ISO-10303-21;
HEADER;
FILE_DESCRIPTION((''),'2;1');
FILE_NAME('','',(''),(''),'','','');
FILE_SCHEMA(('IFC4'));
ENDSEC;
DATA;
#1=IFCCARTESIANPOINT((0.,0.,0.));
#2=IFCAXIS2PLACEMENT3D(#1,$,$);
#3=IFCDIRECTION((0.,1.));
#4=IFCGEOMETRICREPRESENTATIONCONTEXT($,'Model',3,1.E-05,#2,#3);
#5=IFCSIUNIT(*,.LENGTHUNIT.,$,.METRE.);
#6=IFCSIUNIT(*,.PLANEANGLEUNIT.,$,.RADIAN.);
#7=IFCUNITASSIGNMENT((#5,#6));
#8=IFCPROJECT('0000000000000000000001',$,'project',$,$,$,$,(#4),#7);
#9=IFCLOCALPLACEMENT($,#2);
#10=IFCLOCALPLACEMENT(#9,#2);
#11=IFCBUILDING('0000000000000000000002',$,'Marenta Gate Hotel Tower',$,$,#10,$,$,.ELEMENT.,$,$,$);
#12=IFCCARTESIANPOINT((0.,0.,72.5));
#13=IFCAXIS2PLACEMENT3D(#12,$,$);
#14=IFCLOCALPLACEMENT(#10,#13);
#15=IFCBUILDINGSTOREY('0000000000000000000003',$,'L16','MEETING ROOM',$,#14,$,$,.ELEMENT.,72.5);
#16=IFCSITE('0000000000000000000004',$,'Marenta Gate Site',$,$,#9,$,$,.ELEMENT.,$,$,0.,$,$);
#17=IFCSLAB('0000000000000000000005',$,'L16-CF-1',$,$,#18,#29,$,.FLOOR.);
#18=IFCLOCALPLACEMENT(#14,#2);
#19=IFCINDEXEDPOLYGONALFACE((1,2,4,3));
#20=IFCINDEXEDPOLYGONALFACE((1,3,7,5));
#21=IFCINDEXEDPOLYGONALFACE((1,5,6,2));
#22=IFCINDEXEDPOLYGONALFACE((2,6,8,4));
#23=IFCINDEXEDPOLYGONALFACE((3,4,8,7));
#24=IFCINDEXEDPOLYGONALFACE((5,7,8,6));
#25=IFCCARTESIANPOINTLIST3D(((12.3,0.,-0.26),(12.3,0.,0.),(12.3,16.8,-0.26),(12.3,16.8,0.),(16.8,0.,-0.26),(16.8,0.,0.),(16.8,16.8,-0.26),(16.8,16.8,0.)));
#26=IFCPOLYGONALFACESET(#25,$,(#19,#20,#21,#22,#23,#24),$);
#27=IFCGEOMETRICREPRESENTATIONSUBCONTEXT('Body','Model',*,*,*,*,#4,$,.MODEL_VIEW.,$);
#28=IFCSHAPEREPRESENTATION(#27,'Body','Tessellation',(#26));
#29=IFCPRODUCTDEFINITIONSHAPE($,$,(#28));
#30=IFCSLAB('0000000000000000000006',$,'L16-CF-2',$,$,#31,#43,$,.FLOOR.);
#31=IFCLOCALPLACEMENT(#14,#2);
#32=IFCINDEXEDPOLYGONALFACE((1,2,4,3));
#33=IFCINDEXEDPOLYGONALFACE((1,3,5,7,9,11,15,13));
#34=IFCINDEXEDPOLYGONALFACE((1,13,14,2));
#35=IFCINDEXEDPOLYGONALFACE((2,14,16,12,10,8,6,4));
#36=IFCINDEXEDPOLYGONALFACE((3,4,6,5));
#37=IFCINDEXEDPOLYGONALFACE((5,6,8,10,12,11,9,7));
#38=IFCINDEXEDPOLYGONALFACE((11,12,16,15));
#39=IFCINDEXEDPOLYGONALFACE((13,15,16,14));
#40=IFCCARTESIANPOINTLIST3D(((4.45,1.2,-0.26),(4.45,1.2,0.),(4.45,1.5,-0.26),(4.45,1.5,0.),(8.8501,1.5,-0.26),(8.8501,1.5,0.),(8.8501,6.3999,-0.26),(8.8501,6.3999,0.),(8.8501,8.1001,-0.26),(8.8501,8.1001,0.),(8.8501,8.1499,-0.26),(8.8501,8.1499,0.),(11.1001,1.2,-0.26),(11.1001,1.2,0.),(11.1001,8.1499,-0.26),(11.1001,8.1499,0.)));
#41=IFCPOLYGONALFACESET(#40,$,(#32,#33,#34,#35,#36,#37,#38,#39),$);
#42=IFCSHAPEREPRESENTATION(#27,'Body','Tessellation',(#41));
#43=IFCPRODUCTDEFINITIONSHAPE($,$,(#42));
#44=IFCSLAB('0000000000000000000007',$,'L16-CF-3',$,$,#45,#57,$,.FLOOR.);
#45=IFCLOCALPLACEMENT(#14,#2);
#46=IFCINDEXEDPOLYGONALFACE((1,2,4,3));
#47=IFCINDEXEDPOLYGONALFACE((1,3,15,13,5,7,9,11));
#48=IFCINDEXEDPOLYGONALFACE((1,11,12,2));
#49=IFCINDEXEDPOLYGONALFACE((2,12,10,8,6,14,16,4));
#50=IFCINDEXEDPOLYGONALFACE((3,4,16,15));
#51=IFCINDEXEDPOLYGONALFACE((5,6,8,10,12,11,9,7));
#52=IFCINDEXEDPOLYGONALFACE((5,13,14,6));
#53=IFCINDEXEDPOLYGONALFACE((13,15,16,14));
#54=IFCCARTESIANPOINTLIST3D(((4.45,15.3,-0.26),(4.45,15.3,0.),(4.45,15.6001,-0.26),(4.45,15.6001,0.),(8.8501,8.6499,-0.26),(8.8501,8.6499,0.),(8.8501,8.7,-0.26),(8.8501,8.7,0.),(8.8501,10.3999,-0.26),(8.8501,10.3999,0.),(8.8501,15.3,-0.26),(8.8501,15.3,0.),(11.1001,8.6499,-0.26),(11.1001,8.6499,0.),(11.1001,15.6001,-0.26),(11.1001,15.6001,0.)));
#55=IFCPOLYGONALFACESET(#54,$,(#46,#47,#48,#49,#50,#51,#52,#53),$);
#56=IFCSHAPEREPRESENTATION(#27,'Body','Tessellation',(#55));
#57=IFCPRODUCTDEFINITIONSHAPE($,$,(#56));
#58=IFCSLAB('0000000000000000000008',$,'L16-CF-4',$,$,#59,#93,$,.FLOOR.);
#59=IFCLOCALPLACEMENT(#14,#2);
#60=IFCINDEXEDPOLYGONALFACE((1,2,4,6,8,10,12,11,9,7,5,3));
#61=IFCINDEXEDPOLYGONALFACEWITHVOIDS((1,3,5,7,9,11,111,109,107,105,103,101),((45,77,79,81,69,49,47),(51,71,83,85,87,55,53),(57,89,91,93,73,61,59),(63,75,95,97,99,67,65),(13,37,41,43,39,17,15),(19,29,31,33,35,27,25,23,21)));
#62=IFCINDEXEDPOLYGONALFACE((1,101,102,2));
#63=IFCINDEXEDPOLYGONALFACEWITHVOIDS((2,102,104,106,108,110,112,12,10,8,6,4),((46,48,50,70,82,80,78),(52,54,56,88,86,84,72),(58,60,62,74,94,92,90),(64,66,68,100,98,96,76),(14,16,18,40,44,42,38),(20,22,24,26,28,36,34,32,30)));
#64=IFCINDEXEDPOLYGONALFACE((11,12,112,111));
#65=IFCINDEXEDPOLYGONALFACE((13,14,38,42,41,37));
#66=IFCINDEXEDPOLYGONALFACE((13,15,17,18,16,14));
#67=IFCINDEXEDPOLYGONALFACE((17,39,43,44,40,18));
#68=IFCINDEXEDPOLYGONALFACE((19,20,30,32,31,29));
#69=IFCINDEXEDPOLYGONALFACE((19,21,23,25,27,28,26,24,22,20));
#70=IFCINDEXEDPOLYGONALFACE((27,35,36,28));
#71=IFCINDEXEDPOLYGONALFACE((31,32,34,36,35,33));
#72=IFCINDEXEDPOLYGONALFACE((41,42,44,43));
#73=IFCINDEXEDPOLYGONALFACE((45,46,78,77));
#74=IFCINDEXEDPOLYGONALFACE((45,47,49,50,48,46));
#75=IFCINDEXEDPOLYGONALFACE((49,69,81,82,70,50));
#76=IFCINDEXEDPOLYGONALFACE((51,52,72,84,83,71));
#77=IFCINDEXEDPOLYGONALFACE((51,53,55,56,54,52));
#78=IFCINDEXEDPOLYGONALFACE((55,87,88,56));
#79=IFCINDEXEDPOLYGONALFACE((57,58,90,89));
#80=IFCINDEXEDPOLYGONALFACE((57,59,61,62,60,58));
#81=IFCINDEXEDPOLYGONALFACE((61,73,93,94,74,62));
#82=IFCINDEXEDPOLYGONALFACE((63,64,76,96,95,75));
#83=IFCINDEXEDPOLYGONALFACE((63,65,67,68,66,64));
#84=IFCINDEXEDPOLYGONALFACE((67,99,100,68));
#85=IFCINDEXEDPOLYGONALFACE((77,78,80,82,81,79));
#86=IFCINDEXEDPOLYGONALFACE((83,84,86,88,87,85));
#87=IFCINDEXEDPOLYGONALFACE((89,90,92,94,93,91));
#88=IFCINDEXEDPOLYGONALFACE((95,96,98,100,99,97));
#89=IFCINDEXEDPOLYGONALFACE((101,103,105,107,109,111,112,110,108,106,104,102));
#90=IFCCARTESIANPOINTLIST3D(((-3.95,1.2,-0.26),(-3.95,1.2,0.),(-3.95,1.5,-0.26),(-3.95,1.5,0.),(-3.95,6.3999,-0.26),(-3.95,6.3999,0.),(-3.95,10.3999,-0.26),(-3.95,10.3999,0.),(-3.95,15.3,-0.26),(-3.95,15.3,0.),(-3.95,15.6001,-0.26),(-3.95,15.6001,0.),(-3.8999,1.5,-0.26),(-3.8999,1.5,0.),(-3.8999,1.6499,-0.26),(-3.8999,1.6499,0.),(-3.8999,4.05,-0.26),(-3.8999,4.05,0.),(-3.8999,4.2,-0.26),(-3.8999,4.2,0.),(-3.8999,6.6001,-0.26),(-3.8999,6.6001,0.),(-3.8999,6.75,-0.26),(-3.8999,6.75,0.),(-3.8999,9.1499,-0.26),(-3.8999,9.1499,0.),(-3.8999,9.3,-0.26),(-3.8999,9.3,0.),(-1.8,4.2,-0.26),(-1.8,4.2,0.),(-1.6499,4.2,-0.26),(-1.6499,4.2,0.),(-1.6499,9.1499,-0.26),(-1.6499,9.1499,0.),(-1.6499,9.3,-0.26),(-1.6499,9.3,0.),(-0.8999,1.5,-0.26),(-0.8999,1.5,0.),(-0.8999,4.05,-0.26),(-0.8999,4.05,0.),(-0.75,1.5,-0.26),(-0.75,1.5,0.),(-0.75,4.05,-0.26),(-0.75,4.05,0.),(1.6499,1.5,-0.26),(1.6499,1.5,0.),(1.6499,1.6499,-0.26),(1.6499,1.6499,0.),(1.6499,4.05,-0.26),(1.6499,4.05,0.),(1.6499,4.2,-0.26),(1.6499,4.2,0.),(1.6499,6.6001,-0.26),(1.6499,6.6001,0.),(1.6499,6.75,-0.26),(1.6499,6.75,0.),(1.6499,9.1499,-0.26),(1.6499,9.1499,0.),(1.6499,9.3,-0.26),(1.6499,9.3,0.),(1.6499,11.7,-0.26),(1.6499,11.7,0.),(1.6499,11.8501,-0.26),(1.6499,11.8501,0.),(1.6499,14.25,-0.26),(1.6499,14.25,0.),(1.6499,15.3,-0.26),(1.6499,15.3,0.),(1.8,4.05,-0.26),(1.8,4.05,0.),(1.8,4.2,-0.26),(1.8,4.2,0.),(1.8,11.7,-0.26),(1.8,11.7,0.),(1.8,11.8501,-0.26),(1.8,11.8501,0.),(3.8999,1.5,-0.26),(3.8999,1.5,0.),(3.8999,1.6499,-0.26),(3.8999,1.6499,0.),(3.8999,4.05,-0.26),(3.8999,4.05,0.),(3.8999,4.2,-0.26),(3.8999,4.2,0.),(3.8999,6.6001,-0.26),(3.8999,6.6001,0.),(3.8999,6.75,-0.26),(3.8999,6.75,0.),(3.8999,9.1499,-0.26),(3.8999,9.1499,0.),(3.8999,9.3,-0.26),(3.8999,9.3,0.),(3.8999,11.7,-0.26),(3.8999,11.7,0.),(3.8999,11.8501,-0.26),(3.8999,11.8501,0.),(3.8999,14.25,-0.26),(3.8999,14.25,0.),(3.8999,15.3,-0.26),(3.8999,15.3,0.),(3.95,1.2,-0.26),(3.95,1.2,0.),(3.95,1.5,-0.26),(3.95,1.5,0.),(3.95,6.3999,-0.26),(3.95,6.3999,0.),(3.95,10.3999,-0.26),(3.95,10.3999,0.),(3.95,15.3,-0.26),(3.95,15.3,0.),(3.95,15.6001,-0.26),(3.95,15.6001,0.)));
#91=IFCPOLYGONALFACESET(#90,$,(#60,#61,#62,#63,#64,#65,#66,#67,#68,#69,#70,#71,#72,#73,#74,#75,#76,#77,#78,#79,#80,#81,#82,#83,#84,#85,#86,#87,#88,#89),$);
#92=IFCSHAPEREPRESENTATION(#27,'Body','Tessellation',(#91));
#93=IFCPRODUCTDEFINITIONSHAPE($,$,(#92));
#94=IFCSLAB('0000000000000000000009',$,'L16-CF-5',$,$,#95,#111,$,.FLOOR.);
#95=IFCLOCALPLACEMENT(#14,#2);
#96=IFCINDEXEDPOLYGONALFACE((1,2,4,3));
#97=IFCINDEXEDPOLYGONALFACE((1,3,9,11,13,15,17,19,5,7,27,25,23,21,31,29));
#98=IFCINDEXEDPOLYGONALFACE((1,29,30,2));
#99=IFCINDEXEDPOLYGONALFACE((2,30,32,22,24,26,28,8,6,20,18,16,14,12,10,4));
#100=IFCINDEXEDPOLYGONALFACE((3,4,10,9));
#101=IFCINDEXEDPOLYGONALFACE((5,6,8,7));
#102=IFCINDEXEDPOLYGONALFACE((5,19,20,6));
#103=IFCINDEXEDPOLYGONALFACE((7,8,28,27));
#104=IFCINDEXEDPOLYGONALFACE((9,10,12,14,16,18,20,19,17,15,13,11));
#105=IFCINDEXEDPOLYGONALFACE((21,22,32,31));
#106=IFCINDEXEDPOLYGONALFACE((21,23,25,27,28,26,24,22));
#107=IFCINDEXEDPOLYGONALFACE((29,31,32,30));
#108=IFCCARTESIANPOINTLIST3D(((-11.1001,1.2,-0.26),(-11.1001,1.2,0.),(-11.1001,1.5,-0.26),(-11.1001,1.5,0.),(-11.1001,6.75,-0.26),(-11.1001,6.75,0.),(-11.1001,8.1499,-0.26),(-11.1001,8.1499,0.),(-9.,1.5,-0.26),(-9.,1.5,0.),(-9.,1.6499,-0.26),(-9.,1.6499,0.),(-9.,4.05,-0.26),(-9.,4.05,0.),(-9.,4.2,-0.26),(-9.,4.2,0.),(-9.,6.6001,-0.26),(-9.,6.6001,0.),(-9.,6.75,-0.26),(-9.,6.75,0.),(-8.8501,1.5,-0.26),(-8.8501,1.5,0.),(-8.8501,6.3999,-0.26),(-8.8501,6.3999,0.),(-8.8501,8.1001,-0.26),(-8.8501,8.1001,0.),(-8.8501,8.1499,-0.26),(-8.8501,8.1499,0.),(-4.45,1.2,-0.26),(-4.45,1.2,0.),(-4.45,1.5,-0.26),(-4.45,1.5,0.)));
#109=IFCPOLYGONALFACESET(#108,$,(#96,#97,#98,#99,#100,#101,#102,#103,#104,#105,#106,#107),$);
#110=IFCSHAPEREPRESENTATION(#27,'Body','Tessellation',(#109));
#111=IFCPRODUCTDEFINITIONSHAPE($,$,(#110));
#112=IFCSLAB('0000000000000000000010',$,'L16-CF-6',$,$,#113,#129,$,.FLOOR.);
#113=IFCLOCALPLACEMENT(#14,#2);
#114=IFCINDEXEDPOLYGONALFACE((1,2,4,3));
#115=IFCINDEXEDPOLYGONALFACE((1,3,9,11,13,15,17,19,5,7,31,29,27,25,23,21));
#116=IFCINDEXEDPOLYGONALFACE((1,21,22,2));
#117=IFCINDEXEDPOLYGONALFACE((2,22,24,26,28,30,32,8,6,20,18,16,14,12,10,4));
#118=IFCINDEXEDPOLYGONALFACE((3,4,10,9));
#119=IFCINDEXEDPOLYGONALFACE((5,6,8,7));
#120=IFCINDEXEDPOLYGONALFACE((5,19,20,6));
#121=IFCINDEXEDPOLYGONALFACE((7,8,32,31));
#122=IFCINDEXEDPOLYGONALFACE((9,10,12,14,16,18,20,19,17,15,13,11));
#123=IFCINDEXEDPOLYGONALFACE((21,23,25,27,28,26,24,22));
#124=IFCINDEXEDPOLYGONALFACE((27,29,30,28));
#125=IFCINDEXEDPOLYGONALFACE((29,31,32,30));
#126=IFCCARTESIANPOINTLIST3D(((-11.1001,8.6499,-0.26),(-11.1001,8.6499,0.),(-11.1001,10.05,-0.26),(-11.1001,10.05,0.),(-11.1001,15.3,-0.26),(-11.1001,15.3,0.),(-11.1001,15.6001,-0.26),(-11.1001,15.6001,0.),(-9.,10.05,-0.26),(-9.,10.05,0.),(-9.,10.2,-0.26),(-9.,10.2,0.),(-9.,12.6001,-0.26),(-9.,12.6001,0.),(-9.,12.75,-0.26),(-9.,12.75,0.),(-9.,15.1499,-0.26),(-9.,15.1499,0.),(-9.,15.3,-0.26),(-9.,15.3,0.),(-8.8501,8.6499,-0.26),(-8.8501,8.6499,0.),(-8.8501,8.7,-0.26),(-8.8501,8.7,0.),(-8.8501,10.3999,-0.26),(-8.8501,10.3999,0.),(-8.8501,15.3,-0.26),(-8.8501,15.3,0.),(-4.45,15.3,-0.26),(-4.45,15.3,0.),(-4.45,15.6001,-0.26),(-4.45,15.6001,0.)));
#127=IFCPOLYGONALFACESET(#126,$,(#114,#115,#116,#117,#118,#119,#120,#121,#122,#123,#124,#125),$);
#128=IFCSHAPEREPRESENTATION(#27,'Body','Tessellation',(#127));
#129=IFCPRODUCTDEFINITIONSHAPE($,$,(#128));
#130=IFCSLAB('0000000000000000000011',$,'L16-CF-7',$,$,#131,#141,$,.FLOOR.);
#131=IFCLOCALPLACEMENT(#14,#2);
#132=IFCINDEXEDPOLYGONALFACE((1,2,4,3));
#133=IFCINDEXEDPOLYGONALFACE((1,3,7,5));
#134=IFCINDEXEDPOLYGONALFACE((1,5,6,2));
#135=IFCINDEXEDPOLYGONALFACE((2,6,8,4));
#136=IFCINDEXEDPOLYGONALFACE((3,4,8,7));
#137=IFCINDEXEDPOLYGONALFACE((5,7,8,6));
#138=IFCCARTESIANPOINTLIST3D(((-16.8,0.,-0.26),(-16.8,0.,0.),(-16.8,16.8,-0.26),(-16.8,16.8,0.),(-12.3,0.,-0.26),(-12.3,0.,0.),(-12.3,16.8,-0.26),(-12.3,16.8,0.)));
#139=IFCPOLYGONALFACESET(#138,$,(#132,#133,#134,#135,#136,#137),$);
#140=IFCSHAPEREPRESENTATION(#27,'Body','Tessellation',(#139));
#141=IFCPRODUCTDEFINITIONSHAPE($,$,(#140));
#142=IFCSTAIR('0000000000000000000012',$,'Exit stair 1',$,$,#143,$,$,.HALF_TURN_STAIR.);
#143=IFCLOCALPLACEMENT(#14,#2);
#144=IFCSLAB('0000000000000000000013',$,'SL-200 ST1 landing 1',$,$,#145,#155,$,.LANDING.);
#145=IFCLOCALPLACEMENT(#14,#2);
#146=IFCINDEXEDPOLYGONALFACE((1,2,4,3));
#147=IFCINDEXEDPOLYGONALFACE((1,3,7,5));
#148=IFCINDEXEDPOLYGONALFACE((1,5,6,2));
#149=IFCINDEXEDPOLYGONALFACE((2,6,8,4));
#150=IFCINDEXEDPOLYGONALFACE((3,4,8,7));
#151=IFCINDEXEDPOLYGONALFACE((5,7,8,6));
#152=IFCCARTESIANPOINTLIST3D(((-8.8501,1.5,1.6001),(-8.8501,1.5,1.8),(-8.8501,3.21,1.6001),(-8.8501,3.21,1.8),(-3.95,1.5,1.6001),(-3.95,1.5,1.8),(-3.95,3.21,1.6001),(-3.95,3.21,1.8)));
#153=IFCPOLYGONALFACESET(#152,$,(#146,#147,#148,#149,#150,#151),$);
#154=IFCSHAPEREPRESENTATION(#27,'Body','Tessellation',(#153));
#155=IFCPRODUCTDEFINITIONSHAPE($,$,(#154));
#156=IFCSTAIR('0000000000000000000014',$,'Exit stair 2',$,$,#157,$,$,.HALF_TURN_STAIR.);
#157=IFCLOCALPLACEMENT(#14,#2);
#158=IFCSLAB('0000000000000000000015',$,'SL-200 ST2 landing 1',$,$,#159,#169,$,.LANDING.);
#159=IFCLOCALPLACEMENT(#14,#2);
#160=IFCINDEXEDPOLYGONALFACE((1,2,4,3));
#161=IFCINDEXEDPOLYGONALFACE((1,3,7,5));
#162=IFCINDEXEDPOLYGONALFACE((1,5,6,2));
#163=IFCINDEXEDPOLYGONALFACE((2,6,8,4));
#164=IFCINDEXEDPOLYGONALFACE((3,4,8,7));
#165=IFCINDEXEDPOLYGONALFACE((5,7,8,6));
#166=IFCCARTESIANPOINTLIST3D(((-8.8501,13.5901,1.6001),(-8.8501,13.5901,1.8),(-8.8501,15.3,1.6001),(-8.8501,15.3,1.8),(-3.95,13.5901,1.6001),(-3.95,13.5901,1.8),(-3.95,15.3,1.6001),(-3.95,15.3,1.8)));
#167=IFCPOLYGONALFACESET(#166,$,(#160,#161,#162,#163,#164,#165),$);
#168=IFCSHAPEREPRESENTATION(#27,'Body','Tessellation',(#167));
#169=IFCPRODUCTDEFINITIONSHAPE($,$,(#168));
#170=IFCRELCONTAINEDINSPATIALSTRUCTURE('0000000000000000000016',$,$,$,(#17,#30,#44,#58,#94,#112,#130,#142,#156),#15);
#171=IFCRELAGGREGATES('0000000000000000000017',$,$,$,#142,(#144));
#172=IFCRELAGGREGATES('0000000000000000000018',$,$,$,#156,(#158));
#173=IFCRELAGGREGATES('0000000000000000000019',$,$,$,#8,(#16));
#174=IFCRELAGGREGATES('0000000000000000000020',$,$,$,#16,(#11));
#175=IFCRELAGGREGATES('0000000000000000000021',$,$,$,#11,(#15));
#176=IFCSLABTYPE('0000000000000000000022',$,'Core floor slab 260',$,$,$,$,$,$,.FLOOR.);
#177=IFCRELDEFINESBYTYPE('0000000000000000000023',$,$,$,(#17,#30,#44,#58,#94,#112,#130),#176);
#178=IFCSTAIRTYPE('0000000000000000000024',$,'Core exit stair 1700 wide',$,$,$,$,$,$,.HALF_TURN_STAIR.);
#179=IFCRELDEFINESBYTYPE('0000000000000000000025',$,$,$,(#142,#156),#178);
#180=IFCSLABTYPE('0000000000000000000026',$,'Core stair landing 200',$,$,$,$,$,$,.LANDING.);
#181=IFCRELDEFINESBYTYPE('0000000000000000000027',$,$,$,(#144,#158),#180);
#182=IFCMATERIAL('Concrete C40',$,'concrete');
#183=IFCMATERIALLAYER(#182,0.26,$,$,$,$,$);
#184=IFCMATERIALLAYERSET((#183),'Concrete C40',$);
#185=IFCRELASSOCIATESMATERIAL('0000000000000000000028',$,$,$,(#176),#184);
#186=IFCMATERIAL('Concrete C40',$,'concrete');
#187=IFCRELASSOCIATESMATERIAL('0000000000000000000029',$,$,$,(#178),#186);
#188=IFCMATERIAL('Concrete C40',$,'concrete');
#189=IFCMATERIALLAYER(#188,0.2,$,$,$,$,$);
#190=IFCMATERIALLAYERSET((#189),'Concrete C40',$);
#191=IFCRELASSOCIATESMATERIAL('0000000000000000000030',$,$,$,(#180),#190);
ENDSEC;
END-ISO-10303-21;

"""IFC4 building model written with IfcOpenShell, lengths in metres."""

from ifc_helpers import new_model, si_unit, direction, frame, origin, place, context, subcontext, project, spatial, polyline, outline, extrude, material, layer, layer_set, type_object, element, aggregate, save


model = new_model("IFC4")

# Units and contexts
model_context = context("Model", 3, precision=1e-05, world=origin(), true_north=direction((0.0, 1.0)))
body_context = subcontext(model_context, "Body", "Model", "MODEL_VIEW")
ifc_project = project(units=[si_unit("LENGTHUNIT", "METRE"), si_unit("PLANEANGLEUNIT", "RADIAN")], contexts=[model_context])

# Site, building, storey
site_placement = place(None, origin())
site = spatial("IfcSite", under=ifc_project, at=site_placement, Name="Marenta Gate Site", CompositionType="ELEMENT", RefElevation=0.0)
building_placement = place(site_placement, origin())
building = spatial("IfcBuilding", under=site, at=building_placement, Name="Marenta Gate Hotel Tower", CompositionType="ELEMENT")
storey_placement = place(building_placement, frame((0.0, 0.0, 72.5)))
storey = spatial("IfcBuildingStorey", under=building, at=storey_placement, Name="L16", Description="MEETING ROOM", CompositionType="ELEMENT", Elevation=72.5)

# Slabs
ifc_material_1 = material(Name="Concrete C40", Category="concrete")
ifc_layer_1 = layer(ifc_material_1, 0.26)
ifc_layer_set_1 = layer_set([ifc_layer_1], Name="Concrete C40")
slab_type_1 = type_object("IfcSlabType", Name="Core floor slab 260", PredefinedType="FLOOR", material=ifc_layer_set_1)
slab_1_placement = place(storey_placement, frame((0.0, 0.0, -0.26)))
element("IfcSlab", 1, at=slab_1_placement, inside=storey, type_object=slab_type_1, Name="L16-CF-1", PredefinedType="FLOOR", context=body_context, shape_type="SweptSolid", body=[
    extrude(outline(polyline([(12.3, 0.0), (12.3, 16.8), (16.8, 16.8), (16.8, 0.0), (12.3, 0.0)])), origin(), (0.0, 0.0, 1.0), 0.26),
])
slab_2_placement = place(storey_placement, frame((0.0, 0.0, -0.26)))
element("IfcSlab", 2, at=slab_2_placement, inside=storey, type_object=slab_type_1, Name="L16-CF-2", PredefinedType="FLOOR", context=body_context, shape_type="SweptSolid", body=[
    extrude(outline(polyline([(8.8501, 1.5), (8.8501, 6.3999), (8.8501, 8.1001), (8.8501, 8.1499), (11.1001, 8.1499), (11.1001, 1.2), (4.45, 1.2), (4.45, 1.5), (8.8501, 1.5)])), origin(), (0.0, 0.0, 1.0), 0.26),
])
slab_3_placement = place(storey_placement, frame((0.0, 0.0, -0.26)))
element("IfcSlab", 3, at=slab_3_placement, inside=storey, type_object=slab_type_1, Name="L16-CF-3", PredefinedType="FLOOR", context=body_context, shape_type="SweptSolid", body=[
    extrude(outline(polyline([(8.8501, 15.3), (4.45, 15.3), (4.45, 15.6001), (11.1001, 15.6001), (11.1001, 8.6499), (8.8501, 8.6499), (8.8501, 8.7), (8.8501, 10.3999), (8.8501, 15.3)])), origin(), (0.0, 0.0, 1.0), 0.26),
])
slab_4_placement = place(storey_placement, frame((0.0, 0.0, -0.26)))
element("IfcSlab", 4, at=slab_4_placement, inside=storey, type_object=slab_type_1, Name="L16-CF-4", PredefinedType="FLOOR", context=body_context, shape_type="SweptSolid", body=[
    extrude(outline(polyline([(3.95, 15.3), (3.95, 10.3999), (3.95, 6.3999), (3.95, 1.5), (3.95, 1.2), (-3.95, 1.2), (-3.95, 1.5), (-3.95, 6.3999), (-3.95, 10.3999), (-3.95, 15.3), (-3.95, 15.6001), (3.95, 15.6001), (3.95, 15.3)]), holes=[polyline([(1.6499, 4.05), (1.6499, 1.6499), (1.6499, 1.5), (3.8999, 1.5), (3.8999, 1.6499), (3.8999, 4.05), (1.8, 4.05), (1.6499, 4.05)]), polyline([(1.6499, 9.1499), (3.8999, 9.1499), (3.8999, 9.3), (3.8999, 11.7), (1.8, 11.7), (1.6499, 11.7), (1.6499, 9.3), (1.6499, 9.1499)]), polyline([(1.6499, 11.8501), (1.8, 11.8501), (3.8999, 11.8501), (3.8999, 14.25), (3.8999, 15.3), (1.6499, 15.3), (1.6499, 14.25), (1.6499, 11.8501)]), polyline([(3.8999, 6.6001), (3.8999, 6.75), (1.6499, 6.75), (1.6499, 6.6001), (1.6499, 4.2), (1.8, 4.2), (3.8999, 4.2), (3.8999, 6.6001)]), polyline([(-3.8999, 1.5), (-0.8999, 1.5), (-0.75, 1.5), (-0.75, 4.05), (-0.8999, 4.05), (-3.8999, 4.05), (-3.8999, 1.6499), (-3.8999, 1.5)]), polyline([(-1.6499, 4.2), (-1.6499, 9.1499), (-1.6499, 9.3), (-3.8999, 9.3), (-3.8999, 9.1499), (-3.8999, 6.75), (-3.8999, 6.6001), (-3.8999, 4.2), (-1.8, 4.2), (-1.6499, 4.2)])]), origin(), (0.0, 0.0, 1.0), 0.26),
])
slab_5_placement = place(storey_placement, frame((0.0, 0.0, -0.26)))
element("IfcSlab", 5, at=slab_5_placement, inside=storey, type_object=slab_type_1, Name="L16-CF-5", PredefinedType="FLOOR", context=body_context, shape_type="SweptSolid", body=[
    extrude(outline(polyline([(-9.0, 1.5), (-9.0, 1.6499), (-9.0, 4.05), (-9.0, 4.2), (-9.0, 6.6001), (-9.0, 6.75), (-11.1001, 6.75), (-11.1001, 8.1499), (-8.8501, 8.1499), (-8.8501, 8.1001), (-8.8501, 6.3999), (-8.8501, 1.5), (-4.45, 1.5), (-4.45, 1.2), (-11.1001, 1.2), (-11.1001, 1.5), (-9.0, 1.5)])), origin(), (0.0, 0.0, 1.0), 0.26),
])
slab_6_placement = place(storey_placement, frame((0.0, 0.0, -0.26)))
element("IfcSlab", 6, at=slab_6_placement, inside=storey, type_object=slab_type_1, Name="L16-CF-6", PredefinedType="FLOOR", context=body_context, shape_type="SweptSolid", body=[
    extrude(outline(polyline([(-4.45, 15.3), (-8.8501, 15.3), (-8.8501, 10.3999), (-8.8501, 8.7), (-8.8501, 8.6499), (-11.1001, 8.6499), (-11.1001, 10.05), (-9.0, 10.05), (-9.0, 10.2), (-9.0, 12.6001), (-9.0, 12.75), (-9.0, 15.1499), (-9.0, 15.3), (-11.1001, 15.3), (-11.1001, 15.6001), (-4.45, 15.6001), (-4.45, 15.3)])), origin(), (0.0, 0.0, 1.0), 0.26),
])
slab_7_placement = place(storey_placement, frame((0.0, 0.0, -0.26)))
element("IfcSlab", 7, at=slab_7_placement, inside=storey, type_object=slab_type_1, Name="L16-CF-7", PredefinedType="FLOOR", context=body_context, shape_type="SweptSolid", body=[
    extrude(outline(polyline([(-12.3, 16.8), (-12.3, 0.0), (-16.8, 0.0), (-16.8, 16.8), (-12.3, 16.8)])), origin(), (0.0, 0.0, 1.0), 0.26),
])

# Stairs, slabs
ifc_material_2 = material(Name="Concrete C40", Category="concrete")
stair_type = type_object("IfcStairType", Name="Core exit stair 1700 wide", PredefinedType="HALF_TURN_STAIR", material=ifc_material_2)
stair_1_placement = place(storey_placement, origin())
stair_1 = element("IfcStair", 8, at=stair_1_placement, inside=storey, type_object=stair_type, Name="Exit stair 1", PredefinedType="HALF_TURN_STAIR")
ifc_material_3 = material(Name="Concrete C40", Category="concrete")
ifc_layer_2 = layer(ifc_material_3, 0.2)
ifc_layer_set_2 = layer_set([ifc_layer_2], Name="Concrete C40")
slab_type_2 = type_object("IfcSlabType", Name="Core stair landing 200", PredefinedType="LANDING", material=ifc_layer_set_2)
slab_8_placement = place(storey_placement, frame((0.0, 0.0, 1.6001)))
slab_8 = element("IfcSlab", 9, at=slab_8_placement, type_object=slab_type_2, Name="SL-200 ST1 landing 1", PredefinedType="LANDING", context=body_context, shape_type="SweptSolid", body=[
    extrude(outline(polyline([(-8.8501, 1.5), (-3.95, 1.5), (-3.95, 3.21), (-8.8501, 3.21), (-8.8501, 1.5)])), origin(), (0.0, 0.0, 1.0), 0.2),
])
aggregate(stair_1, [slab_8])
stair_2_placement = place(storey_placement, origin())
stair_2 = element("IfcStair", 10, at=stair_2_placement, inside=storey, type_object=stair_type, Name="Exit stair 2", PredefinedType="HALF_TURN_STAIR")
slab_9_placement = place(storey_placement, frame((0.0, 0.0, 1.6001)))
slab_9 = element("IfcSlab", 11, at=slab_9_placement, type_object=slab_type_2, Name="SL-200 ST2 landing 1", PredefinedType="LANDING", context=body_context, shape_type="SweptSolid", body=[
    extrude(outline(polyline([(-8.8501, 13.5901), (-3.95, 13.5901), (-3.95, 15.3), (-8.8501, 15.3), (-8.8501, 13.5901)])), origin(), (0.0, 0.0, 1.0), 0.2),
])
aggregate(stair_2, [slab_9])

save(model, "model.ifc")
